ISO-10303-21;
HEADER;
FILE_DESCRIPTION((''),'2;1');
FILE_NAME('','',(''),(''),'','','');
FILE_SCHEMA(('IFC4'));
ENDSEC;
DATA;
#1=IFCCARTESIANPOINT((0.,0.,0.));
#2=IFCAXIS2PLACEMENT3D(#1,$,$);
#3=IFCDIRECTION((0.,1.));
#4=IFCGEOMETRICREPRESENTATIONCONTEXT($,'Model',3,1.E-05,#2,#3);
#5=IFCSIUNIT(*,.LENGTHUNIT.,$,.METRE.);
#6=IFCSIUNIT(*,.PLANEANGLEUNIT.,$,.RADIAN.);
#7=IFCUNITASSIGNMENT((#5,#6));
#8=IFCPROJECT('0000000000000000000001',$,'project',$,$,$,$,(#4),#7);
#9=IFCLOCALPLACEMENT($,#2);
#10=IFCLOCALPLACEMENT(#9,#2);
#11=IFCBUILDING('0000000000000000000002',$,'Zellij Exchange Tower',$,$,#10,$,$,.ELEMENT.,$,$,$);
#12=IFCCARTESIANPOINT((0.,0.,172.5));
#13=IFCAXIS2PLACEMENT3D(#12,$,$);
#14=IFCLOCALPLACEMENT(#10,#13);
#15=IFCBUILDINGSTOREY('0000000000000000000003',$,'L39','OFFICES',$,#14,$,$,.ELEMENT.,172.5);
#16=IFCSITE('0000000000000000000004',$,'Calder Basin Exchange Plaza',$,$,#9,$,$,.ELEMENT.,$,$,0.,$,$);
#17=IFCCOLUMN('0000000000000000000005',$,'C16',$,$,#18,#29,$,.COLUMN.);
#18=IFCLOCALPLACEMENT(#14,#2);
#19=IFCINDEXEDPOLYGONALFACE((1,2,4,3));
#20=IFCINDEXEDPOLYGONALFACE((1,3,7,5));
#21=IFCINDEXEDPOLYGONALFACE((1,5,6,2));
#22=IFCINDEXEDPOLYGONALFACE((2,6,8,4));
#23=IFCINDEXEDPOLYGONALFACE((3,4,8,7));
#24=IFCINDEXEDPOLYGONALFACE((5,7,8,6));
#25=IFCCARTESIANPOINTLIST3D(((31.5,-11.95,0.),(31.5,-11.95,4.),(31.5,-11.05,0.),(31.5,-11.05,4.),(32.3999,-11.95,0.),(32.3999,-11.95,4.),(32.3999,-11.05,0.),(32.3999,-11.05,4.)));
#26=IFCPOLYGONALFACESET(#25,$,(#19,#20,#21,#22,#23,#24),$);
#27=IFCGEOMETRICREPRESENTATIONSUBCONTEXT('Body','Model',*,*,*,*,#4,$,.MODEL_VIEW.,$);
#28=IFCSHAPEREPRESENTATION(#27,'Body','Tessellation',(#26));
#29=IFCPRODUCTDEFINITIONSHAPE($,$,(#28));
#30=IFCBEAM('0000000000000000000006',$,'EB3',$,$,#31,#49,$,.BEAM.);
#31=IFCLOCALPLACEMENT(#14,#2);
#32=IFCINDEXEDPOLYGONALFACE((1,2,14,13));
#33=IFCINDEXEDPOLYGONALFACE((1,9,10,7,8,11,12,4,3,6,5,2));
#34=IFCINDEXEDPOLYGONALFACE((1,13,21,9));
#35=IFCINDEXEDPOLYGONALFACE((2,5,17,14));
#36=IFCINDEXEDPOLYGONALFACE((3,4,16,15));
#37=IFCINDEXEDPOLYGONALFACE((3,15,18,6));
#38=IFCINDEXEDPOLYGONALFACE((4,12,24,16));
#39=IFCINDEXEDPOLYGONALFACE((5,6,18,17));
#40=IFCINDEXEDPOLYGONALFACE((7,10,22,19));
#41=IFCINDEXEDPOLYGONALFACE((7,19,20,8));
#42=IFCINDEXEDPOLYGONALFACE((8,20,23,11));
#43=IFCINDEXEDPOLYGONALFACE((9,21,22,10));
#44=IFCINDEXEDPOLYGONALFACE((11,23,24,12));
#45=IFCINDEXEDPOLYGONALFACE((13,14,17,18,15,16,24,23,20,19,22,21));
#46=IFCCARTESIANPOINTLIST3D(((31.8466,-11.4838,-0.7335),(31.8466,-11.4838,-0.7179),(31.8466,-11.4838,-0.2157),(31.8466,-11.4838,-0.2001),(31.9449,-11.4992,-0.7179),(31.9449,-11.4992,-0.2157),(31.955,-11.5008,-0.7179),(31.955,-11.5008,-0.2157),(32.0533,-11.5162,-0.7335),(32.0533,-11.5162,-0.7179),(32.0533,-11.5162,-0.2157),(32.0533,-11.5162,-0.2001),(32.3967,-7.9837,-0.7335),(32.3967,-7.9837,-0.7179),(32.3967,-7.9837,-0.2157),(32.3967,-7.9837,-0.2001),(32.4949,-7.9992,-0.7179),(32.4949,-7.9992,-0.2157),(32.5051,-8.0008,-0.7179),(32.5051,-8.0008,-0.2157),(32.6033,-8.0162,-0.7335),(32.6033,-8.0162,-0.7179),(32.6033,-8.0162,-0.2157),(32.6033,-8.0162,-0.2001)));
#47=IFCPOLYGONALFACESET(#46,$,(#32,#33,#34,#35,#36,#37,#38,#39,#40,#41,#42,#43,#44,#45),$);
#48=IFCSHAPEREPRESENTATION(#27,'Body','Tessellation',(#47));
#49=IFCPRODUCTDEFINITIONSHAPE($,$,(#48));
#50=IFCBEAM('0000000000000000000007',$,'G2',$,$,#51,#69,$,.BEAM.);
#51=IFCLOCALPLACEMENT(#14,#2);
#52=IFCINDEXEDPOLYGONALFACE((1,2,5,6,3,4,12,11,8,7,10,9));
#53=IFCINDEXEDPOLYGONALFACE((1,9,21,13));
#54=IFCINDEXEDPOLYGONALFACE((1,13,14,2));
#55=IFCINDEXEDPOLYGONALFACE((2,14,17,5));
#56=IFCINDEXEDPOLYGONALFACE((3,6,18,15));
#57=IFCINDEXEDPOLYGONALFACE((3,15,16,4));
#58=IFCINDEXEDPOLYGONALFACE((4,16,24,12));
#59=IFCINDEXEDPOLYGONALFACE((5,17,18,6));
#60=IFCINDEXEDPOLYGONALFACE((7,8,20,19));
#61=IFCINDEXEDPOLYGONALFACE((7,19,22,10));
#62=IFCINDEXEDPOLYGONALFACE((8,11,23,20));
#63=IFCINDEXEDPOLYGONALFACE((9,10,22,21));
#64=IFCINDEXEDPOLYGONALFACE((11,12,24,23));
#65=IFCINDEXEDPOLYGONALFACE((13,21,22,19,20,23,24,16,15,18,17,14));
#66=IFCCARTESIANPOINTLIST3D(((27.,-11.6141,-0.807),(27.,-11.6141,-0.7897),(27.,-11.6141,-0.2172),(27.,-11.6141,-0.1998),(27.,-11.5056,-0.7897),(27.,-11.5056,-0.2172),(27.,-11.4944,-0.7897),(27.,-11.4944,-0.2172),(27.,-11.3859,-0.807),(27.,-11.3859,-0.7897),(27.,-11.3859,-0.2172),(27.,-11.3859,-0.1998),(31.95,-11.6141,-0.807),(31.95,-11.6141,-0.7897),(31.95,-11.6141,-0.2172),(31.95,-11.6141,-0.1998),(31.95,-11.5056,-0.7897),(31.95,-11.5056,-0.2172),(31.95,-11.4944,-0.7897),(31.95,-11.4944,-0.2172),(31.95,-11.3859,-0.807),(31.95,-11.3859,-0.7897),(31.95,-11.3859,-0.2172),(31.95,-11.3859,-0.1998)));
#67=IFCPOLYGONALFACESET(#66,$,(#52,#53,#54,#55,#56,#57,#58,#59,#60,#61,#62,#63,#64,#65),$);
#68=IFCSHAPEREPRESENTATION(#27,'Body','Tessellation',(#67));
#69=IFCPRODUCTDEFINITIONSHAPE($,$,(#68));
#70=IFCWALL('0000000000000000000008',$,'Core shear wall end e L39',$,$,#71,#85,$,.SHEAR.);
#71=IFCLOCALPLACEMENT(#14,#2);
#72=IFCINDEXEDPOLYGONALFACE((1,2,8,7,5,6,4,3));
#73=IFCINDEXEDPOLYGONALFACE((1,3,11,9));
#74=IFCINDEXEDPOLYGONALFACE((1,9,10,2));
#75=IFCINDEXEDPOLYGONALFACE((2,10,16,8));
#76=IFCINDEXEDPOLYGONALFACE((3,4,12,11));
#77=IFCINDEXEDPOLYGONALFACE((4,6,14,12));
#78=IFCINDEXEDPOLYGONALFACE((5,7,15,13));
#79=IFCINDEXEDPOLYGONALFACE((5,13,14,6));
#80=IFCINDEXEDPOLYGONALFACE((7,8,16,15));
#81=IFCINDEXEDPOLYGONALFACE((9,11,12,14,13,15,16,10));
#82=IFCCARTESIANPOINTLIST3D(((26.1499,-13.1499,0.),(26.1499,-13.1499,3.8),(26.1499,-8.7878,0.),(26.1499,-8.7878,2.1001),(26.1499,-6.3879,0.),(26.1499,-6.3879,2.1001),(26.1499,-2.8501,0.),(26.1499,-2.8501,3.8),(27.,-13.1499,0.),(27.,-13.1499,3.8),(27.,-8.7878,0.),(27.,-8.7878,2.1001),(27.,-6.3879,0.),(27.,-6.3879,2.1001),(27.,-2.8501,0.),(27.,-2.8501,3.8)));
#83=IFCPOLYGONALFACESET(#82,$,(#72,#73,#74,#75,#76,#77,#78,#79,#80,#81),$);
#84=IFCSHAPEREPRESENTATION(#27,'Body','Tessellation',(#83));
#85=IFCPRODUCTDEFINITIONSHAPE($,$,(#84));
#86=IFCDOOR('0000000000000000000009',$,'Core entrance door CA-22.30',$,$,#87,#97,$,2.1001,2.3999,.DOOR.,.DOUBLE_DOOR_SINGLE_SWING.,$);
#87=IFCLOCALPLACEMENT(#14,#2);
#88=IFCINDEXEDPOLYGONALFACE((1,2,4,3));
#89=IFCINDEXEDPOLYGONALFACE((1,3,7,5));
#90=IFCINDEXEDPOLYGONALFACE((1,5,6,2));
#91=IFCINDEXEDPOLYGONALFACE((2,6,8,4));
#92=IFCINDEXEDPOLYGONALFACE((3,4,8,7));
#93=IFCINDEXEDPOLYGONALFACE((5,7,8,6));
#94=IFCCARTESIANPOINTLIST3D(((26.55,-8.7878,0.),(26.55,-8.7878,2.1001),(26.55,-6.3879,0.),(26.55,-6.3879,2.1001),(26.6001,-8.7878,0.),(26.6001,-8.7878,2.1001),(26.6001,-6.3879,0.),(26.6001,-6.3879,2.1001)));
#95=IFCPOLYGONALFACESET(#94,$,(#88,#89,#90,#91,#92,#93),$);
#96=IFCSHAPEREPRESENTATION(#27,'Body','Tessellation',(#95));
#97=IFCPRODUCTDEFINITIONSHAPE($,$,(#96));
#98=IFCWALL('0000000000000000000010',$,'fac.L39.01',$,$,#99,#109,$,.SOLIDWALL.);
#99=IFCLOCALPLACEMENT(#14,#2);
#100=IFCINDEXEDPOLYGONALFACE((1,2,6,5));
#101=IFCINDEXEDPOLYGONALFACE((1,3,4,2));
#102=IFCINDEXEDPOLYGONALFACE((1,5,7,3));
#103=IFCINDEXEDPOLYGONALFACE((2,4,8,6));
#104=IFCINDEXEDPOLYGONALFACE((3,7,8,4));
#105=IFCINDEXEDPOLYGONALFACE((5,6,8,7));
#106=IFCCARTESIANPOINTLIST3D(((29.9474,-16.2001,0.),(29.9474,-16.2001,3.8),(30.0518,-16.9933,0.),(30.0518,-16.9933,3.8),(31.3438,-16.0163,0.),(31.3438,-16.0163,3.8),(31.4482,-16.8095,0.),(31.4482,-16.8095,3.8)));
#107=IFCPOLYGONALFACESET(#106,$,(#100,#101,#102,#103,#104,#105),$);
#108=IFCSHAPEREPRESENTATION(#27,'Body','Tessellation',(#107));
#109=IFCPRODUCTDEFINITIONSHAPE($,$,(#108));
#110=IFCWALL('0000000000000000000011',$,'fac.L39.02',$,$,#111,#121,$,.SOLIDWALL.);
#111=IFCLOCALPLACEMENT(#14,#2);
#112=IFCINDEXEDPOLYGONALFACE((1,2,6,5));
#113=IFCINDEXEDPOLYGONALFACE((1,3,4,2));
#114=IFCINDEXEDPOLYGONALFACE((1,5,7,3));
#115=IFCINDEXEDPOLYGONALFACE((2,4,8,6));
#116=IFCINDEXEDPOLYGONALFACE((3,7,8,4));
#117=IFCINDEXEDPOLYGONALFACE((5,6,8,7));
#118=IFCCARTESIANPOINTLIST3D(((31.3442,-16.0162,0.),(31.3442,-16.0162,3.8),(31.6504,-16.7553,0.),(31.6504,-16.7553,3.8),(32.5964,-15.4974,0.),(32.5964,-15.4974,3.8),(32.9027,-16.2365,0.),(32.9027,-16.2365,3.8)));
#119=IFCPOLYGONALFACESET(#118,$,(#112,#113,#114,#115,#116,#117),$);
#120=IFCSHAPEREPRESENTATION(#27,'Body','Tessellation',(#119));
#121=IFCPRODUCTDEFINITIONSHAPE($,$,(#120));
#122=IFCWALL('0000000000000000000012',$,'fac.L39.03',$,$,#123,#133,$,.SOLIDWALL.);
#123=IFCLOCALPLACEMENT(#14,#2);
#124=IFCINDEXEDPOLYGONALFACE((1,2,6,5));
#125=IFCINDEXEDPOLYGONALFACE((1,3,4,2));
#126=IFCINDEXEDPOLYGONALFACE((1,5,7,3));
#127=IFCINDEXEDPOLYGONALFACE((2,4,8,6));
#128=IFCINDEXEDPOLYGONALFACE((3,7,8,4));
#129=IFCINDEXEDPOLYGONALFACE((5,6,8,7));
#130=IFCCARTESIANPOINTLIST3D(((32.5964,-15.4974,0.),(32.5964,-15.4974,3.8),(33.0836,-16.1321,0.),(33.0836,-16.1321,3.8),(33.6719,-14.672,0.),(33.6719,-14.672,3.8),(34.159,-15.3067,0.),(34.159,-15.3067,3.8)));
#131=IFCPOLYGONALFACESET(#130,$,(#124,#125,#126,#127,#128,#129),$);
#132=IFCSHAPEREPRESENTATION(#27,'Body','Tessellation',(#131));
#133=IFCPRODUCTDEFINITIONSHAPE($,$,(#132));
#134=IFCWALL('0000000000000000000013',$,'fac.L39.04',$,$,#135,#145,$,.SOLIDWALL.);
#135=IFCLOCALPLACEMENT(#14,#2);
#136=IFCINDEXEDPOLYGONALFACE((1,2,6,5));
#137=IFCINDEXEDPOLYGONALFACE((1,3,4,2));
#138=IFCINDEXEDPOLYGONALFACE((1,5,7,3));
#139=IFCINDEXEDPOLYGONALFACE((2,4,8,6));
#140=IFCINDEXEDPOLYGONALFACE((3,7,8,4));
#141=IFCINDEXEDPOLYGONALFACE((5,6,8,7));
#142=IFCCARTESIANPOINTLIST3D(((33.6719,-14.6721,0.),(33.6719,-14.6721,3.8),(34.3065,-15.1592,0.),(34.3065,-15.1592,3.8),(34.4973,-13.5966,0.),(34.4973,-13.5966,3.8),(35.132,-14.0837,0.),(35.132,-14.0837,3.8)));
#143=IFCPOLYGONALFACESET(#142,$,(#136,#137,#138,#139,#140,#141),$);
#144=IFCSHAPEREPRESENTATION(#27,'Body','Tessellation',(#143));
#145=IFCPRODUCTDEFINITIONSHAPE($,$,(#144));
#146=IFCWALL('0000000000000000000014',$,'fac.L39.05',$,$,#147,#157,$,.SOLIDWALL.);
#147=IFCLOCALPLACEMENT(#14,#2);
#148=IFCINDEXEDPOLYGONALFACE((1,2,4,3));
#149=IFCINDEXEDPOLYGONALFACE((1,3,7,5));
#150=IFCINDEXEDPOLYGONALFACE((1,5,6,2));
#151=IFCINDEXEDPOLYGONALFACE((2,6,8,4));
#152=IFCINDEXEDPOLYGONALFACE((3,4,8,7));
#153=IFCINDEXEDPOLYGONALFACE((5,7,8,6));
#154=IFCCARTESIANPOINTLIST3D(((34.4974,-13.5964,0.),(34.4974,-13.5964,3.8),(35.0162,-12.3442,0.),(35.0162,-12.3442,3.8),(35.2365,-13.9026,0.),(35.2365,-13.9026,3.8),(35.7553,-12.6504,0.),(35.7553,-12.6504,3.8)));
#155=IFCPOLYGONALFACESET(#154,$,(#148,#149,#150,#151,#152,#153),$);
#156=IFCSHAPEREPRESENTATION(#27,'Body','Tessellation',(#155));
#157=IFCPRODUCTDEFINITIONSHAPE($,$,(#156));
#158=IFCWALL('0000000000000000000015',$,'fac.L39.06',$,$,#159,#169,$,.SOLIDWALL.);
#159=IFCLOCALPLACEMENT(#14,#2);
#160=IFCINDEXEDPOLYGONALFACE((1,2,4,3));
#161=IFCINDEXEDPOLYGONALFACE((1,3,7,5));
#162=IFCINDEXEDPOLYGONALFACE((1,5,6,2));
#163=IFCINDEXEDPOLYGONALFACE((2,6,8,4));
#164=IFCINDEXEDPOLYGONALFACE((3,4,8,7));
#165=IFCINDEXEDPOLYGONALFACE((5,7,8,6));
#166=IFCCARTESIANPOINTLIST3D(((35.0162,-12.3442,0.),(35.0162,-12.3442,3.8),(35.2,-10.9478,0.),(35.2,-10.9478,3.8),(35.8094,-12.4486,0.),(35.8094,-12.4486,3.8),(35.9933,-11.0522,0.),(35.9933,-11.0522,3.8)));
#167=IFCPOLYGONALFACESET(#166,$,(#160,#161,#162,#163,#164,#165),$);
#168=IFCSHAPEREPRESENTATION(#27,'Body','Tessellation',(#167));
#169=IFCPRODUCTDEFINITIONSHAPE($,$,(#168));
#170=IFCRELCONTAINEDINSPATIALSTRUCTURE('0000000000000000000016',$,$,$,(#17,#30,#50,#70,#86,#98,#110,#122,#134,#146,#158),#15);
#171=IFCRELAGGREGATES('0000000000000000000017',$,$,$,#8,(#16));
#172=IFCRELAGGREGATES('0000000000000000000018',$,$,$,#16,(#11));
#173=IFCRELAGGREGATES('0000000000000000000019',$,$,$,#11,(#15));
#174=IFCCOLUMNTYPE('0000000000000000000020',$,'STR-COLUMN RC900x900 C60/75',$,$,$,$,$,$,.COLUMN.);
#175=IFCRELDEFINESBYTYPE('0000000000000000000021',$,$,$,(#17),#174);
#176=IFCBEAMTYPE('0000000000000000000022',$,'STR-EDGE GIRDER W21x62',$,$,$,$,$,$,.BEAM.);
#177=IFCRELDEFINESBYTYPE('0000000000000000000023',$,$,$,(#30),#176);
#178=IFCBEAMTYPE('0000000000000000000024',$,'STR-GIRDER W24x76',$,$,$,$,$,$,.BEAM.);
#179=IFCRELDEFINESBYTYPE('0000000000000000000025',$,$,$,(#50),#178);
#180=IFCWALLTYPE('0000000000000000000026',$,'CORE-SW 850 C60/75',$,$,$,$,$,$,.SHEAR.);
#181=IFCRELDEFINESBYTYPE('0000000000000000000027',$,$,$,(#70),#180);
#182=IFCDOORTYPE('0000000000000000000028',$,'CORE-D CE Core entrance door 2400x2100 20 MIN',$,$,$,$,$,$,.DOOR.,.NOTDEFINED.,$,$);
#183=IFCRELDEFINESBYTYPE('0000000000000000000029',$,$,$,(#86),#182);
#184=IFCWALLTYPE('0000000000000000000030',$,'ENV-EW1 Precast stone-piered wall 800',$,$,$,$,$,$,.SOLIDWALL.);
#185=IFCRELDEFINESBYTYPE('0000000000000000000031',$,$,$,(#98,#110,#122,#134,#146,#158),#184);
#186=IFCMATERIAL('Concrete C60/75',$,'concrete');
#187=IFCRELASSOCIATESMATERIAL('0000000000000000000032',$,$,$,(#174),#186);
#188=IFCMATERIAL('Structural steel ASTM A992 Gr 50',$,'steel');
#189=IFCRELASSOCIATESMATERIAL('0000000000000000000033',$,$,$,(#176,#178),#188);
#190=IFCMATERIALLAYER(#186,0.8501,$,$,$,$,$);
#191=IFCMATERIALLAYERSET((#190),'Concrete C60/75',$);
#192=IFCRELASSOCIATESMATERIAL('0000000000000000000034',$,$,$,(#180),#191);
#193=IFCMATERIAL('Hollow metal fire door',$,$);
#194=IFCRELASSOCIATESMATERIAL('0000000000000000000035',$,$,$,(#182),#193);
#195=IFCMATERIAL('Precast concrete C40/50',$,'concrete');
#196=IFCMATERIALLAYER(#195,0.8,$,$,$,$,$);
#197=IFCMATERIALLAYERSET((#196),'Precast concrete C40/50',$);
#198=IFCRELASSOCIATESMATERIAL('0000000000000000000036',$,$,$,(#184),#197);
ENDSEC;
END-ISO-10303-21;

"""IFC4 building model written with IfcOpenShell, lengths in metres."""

from ifc_helpers import new_model, si_unit, direction, frame, frame_2d, origin, origin_2d, place, context, subcontext, project, spatial, rectangle, i_section, extrude, material, layer, layer_set, material_profile, profile_set, type_object, element, fill, save


model = new_model("IFC4")

# Units and contexts
model_context = context("Model", 3, precision=1e-05, world=origin(), true_north=direction((0.0, 1.0)))
body_context = subcontext(model_context, "Body", "Model", "MODEL_VIEW")
ifc_project = project(units=[si_unit("LENGTHUNIT", "METRE"), si_unit("PLANEANGLEUNIT", "RADIAN")], contexts=[model_context])

# Site, building, storey
site_placement = place(None, origin())
site = spatial("IfcSite", under=ifc_project, at=site_placement, Name="Calder Basin Exchange Plaza", CompositionType="ELEMENT", RefElevation=0.0)
building_placement = place(site_placement, origin())
building = spatial("IfcBuilding", under=site, at=building_placement, Name="Zellij Exchange Tower", CompositionType="ELEMENT")
storey_placement = place(building_placement, frame((0.0, 0.0, 172.5)))
storey = spatial("IfcBuildingStorey", under=building, at=storey_placement, Name="L39", Description="OFFICES", CompositionType="ELEMENT", Elevation=172.5)

# Column
ifc_material_1 = material(Name="Concrete C60/75", Category="concrete")
ifc_material_profile_1 = material_profile(ifc_material_1, rectangle(XDim=0.8999, YDim=0.8999, at=origin_2d()), Name="STR-COLUMN RC900x900 C60/75")
ifc_profile_set_1 = profile_set([ifc_material_profile_1], Name="Concrete C60/75")
column_type = type_object("IfcColumnType", Name="STR-COLUMN RC900x900 C60/75", PredefinedType="COLUMN", material=ifc_profile_set_1)
column_placement = place(storey_placement, frame((31.95, -11.5, 0.0), z_axis=(0.0, 0.0, 1.0), x_axis=(1.0, 0.0, 0.0)))
element("IfcColumn", 1, at=column_placement, inside=storey, type_object=column_type, Name="C16", PredefinedType="COLUMN", context=body_context, shape_type="SweptSolid", body=[
    extrude(rectangle(XDim=0.8999, YDim=0.8999, at=origin_2d()), origin(), (0.0, 0.0, 1.0), 4.0),
])

# Beams
ifc_material_2 = material(Name="Structural steel ASTM A992 Gr 50", Category="steel")
ifc_material_profile_2 = material_profile(ifc_material_2, i_section(OverallWidth=0.2092, OverallDepth=0.5334, WebThickness=0.0103, FlangeThickness=0.0156, at=origin_2d()), Name="W21x62")
ifc_profile_set_2 = profile_set([ifc_material_profile_2], Name="Structural steel ASTM A992 Gr 50")
beam_type_1 = type_object("IfcBeamType", Name="STR-EDGE GIRDER W21x62", PredefinedType="BEAM", material=ifc_profile_set_2)
beam_1_placement = place(storey_placement, frame((31.95, -11.5, -0.4668), z_axis=(0.155251, 0.987875, 0.0), x_axis=(-0.987875, 0.155251, 0.0)))
element("IfcBeam", 2, at=beam_1_placement, inside=storey, type_object=beam_type_1, Name="EB3", PredefinedType="BEAM", context=body_context, shape_type="SweptSolid", body=[
    extrude(i_section(OverallWidth=0.2092, OverallDepth=0.5334, WebThickness=0.0103, FlangeThickness=0.0156, at=origin_2d()), origin(), (0.0, 0.0, 1.0), 3.543),
])
ifc_material_profile_3 = material_profile(ifc_material_2, i_section(OverallWidth=0.2283, OverallDepth=0.6072, WebThickness=0.0112, FlangeThickness=0.0173, at=origin_2d()), Name="W24x76")
ifc_profile_set_3 = profile_set([ifc_material_profile_3], Name="Structural steel ASTM A992 Gr 50")
beam_type_2 = type_object("IfcBeamType", Name="STR-GIRDER W24x76", PredefinedType="BEAM", material=ifc_profile_set_3)
beam_2_placement = place(storey_placement, frame((27.0, -11.5, -0.5034), z_axis=(1.0, 0.0, 0.0), x_axis=(0.0, 1.0, 0.0)))
element("IfcBeam", 3, at=beam_2_placement, inside=storey, type_object=beam_type_2, Name="G2", PredefinedType="BEAM", context=body_context, shape_type="SweptSolid", body=[
    extrude(i_section(OverallWidth=0.2283, OverallDepth=0.6072, WebThickness=0.0112, FlangeThickness=0.0173, at=origin_2d()), origin(), (0.0, 0.0, 1.0), 4.95),
])

# Wall, opening, door
ifc_layer_1 = layer(ifc_material_1, 0.8501)
ifc_layer_set_1 = layer_set([ifc_layer_1], Name="Concrete C60/75")
wall_type_1 = type_object("IfcWallType", Name="CORE-SW 850 C60/75", PredefinedType="SHEAR", material=ifc_layer_set_1)
wall_1_placement = place(storey_placement, frame((26.575, -13.1499, 0.0), z_axis=(0.0, 0.0, 1.0), x_axis=(0.0, 1.0, 0.0)))
wall_1 = element("IfcWall", 4, at=wall_1_placement, inside=storey, type_object=wall_type_1, Name="Core shear wall end e L39", PredefinedType="SHEAR", context=body_context, shape_type="SweptSolid", body=[
    extrude(rectangle(XDim=10.2998, YDim=0.8501, at=frame_2d((5.1499, 0.0))), origin(), (0.0, 0.0, 1.0), 3.8),
])
opening_1_placement = place(wall_1_placement, frame((4.3621, 0.0, 0.0)))
opening_1 = element("IfcOpeningElement", 5, at=opening_1_placement, cuts=wall_1, PredefinedType="OPENING", context=body_context, shape_type="SweptSolid", body=[
    extrude(rectangle(XDim=2.3999, YDim=2.1001, at=frame_2d((1.2, 1.05))), frame((0.0, 0.437, 0.0), z_axis=(0.0, -1.0, 0.0), x_axis=(1.0, 0.0, 0.0)), (0.0, 0.0, 1.0), 0.874),
])
ifc_material_3 = material(Name="Hollow metal fire door")
door_type_1 = type_object("IfcDoorType", Name="CORE-D CE Core entrance door 2400x2100 20 MIN", OperationType="NOTDEFINED", PredefinedType="DOOR", material=ifc_material_3)
door_1_placement = place(opening_1_placement, origin())
door_1 = element("IfcDoor", 6, at=door_1_placement, inside=storey, type_object=door_type_1, Name="Core entrance door CA-22.30", OperationType="DOUBLE_DOOR_SINGLE_SWING", OverallHeight=2.1001, OverallWidth=2.3999, PredefinedType="DOOR", context=body_context, shape_type="SweptSolid", body=[
    extrude(rectangle(XDim=2.3999, YDim=2.1001, at=frame_2d((1.2, 1.05))), frame((0.0, 0.0249, 0.0), z_axis=(0.0, -1.0, 0.0), x_axis=(1.0, 0.0, 0.0)), (0.0, 0.0, 1.0), 0.05),
])
fill(opening_1, door_1)

# Walls
ifc_material_4 = material(Name="Precast concrete C40/50", Category="concrete")
ifc_layer_2 = layer(ifc_material_4, 0.8)
ifc_layer_set_2 = layer_set([ifc_layer_2], Name="Precast concrete C40/50")
wall_type_2 = type_object("IfcWallType", Name="ENV-EW1 Precast stone-piered wall 800", PredefinedType="SOLIDWALL", material=ifc_layer_set_2)
wall_2_placement = place(storey_placement, frame((29.9998, -16.5967, 0.0), z_axis=(0.0, 0.0, 1.0), x_axis=(0.991446, 0.130517, 0.0)))
element("IfcWall", 7, at=wall_2_placement, inside=storey, type_object=wall_type_2, Name="fac.L39.01", PredefinedType="SOLIDWALL", context=body_context, shape_type="SweptSolid", body=[
    extrude(rectangle(XDim=1.4084, YDim=0.8, at=frame_2d((0.7041, 0.0))), origin(), (0.0, 0.0, 1.0), 3.8),
])
wall_3_placement = place(storey_placement, frame((31.4973, -16.3857, 0.0), z_axis=(0.0, 0.0, 1.0), x_axis=(0.923848, 0.38276, 0.0)))
element("IfcWall", 8, at=wall_3_placement, inside=storey, type_object=wall_type_2, Name="fac.L39.02", PredefinedType="SOLIDWALL", context=body_context, shape_type="SweptSolid", body=[
    extrude(rectangle(XDim=1.3555, YDim=0.8, at=frame_2d((0.6777, 0.0))), origin(), (0.0, 0.0, 1.0), 3.8),
])
for number, where, z_axis, x_axis, name in (
    (9, (32.8401, -15.8147, 0.0), (0.0, 0.0, 1.0), (0.793273, 0.608866, 0.0), "fac.L39.03"),
    (10, (33.9893, -14.9155, 0.0), (0.0, 0.0, 1.0), (0.608866, 0.793273, 0.0), "fac.L39.04"),
):
    element("IfcWall", number, at=place(storey_placement, frame(where, z_axis=z_axis, x_axis=x_axis)), inside=storey, type_object=wall_type_2, Name=name, PredefinedType="SOLIDWALL", context=body_context, shape_type="SweptSolid", body=[
        extrude(rectangle(XDim=1.3557, YDim=0.8, at=frame_2d((0.6777, 0.0))), origin(), (0.0, 0.0, 1.0), 3.8),
    ])
wall_4_placement = place(storey_placement, frame((34.8669, -13.7495, 0.0), z_axis=(0.0, 0.0, 1.0), x_axis=(0.38276, 0.923848, 0.0)))
element("IfcWall", 11, at=wall_4_placement, inside=storey, type_object=wall_type_2, Name="fac.L39.05", PredefinedType="SOLIDWALL", context=body_context, shape_type="SweptSolid", body=[
    extrude(rectangle(XDim=1.3555, YDim=0.8, at=frame_2d((0.6777, 0.0))), origin(), (0.0, 0.0, 1.0), 3.8),
])
wall_5_placement = place(storey_placement, frame((35.4128, -12.3962, 0.0), z_axis=(0.0, 0.0, 1.0), x_axis=(0.130517, 0.991446, 0.0)))
element("IfcWall", 12, at=wall_5_placement, inside=storey, type_object=wall_type_2, Name="fac.L39.06", PredefinedType="SOLIDWALL", context=body_context, shape_type="SweptSolid", body=[
    extrude(rectangle(XDim=1.4084, YDim=0.8, at=frame_2d((0.7041, 0.0))), origin(), (0.0, 0.0, 1.0), 3.8),
])

save(model, "model.ifc")
